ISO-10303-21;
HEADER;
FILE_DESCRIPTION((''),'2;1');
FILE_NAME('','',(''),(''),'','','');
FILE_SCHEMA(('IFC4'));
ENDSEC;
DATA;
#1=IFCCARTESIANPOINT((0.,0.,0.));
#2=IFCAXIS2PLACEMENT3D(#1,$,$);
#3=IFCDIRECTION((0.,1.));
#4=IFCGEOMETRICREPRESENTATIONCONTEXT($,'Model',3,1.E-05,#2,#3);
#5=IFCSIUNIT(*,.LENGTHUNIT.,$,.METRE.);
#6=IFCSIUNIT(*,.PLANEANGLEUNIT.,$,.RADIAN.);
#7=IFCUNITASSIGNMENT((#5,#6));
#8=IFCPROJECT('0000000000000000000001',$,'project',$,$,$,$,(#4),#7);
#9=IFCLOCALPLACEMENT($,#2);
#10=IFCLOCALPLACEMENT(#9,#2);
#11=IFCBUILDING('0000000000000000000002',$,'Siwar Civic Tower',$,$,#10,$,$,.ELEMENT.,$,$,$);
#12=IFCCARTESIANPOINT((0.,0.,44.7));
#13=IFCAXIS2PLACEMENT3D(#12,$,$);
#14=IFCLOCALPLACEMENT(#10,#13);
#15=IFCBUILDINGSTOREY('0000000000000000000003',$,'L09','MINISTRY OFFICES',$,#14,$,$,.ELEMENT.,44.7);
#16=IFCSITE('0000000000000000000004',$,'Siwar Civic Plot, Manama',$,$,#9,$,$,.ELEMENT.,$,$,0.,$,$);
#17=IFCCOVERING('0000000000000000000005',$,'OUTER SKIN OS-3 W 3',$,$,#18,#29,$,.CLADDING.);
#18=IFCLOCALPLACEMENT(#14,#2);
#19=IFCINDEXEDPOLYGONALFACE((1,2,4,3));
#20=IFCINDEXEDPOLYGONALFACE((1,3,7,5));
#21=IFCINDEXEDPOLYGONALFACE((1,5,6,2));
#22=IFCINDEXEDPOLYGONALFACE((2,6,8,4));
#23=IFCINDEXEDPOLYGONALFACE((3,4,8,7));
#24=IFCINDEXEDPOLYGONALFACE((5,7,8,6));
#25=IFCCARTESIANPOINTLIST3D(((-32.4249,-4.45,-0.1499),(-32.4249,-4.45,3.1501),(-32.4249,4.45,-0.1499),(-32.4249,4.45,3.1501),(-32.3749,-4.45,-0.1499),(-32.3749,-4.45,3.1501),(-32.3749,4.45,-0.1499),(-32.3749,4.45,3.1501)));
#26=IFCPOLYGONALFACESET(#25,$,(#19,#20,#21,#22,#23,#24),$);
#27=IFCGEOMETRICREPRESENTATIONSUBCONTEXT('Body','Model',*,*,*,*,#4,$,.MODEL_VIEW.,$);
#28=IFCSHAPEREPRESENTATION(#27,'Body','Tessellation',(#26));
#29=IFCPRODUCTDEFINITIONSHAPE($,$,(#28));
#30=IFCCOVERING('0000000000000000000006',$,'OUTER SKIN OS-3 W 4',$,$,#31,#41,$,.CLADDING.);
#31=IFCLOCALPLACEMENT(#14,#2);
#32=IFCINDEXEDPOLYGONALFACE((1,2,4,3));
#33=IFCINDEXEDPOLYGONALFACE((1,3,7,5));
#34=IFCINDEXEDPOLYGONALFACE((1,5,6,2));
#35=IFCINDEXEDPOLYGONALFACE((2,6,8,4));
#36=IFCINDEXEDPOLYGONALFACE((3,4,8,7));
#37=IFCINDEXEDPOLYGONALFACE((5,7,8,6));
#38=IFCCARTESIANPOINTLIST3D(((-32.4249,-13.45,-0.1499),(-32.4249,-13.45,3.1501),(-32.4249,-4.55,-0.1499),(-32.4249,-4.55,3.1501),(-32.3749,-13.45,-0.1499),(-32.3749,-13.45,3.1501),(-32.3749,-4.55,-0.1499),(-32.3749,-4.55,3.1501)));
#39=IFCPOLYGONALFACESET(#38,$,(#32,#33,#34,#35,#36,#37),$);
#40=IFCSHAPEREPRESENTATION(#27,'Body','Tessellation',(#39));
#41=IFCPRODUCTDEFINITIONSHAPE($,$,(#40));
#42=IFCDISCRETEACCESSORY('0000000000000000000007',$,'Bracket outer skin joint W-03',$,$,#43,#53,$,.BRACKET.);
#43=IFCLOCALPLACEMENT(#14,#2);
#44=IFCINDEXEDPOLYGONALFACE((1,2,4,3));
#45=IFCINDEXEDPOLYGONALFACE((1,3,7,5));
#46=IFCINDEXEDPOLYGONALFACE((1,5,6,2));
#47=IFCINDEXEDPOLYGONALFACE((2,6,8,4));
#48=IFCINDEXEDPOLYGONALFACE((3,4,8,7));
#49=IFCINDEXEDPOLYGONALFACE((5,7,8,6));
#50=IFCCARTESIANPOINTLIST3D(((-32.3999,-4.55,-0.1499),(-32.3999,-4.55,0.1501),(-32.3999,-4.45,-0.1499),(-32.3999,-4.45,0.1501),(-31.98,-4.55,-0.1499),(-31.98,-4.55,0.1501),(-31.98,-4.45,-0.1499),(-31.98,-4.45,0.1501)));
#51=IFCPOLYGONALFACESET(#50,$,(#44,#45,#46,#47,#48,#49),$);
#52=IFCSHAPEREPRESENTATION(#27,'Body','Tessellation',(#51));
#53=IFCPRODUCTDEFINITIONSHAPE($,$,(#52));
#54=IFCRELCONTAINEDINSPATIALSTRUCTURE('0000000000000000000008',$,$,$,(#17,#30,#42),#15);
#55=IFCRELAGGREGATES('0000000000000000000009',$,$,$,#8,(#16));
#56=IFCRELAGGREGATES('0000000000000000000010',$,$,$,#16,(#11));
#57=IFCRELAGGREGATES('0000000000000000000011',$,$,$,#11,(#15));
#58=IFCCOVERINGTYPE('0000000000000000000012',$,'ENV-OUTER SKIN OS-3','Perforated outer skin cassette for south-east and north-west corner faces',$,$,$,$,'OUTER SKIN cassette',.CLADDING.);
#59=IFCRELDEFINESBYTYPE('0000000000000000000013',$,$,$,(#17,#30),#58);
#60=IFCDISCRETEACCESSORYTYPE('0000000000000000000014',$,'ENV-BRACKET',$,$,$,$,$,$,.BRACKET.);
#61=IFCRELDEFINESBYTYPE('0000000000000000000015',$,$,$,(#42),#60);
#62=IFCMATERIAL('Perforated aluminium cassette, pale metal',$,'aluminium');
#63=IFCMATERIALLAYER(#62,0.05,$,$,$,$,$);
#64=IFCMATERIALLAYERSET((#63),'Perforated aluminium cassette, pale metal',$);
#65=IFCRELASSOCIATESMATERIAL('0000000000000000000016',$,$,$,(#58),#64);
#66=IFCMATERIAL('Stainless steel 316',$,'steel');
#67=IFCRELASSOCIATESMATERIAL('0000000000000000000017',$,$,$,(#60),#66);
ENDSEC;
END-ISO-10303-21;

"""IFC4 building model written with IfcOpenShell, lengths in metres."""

from ifc_helpers import new_model, si_unit, direction, frame, origin, origin_2d, place, context, subcontext, project, spatial, rectangle, extrude, material, layer, layer_set, type_object, element, save


model = new_model("IFC4")

# Units and contexts
model_context = context("Model", 3, precision=1e-05, world=origin(), true_north=direction((0.0, 1.0)))
body_context = subcontext(model_context, "Body", "Model", "MODEL_VIEW")
ifc_project = project(units=[si_unit("LENGTHUNIT", "METRE"), si_unit("PLANEANGLEUNIT", "RADIAN")], contexts=[model_context])

# Site, building, storey
site_placement = place(None, origin())
site = spatial("IfcSite", under=ifc_project, at=site_placement, Name="Siwar Civic Plot, Manama", CompositionType="ELEMENT", RefElevation=0.0)
building_placement = place(site_placement, origin())
building = spatial("IfcBuilding", under=site, at=building_placement, Name="Siwar Civic Tower", CompositionType="ELEMENT")
storey_placement = place(building_placement, frame((0.0, 0.0, 44.7)))
storey = spatial("IfcBuildingStorey", under=building, at=storey_placement, Name="L09", Description="MINISTRY OFFICES", CompositionType="ELEMENT", Elevation=44.7)

# Coverings
ifc_material_1 = material(Name="Perforated aluminium cassette, pale metal", Category="aluminium")
ifc_layer_1 = layer(ifc_material_1, 0.05)
ifc_layer_set_1 = layer_set([ifc_layer_1], Name="Perforated aluminium cassette, pale metal")
covering_type = type_object("IfcCoveringType", Name="ENV-OUTER SKIN OS-3", Description="Perforated outer skin cassette for south-east and north-west corner faces", ElementType="OUTER SKIN cassette", PredefinedType="CLADDING", material=ifc_layer_set_1)
for number, where, z_axis, x_axis, name in (
    (1, (-32.3999, 0.0, -0.1499), (0.0, 0.0, 1.0), (0.0, -1.0, 0.0), "OUTER SKIN OS-3 W 3"),
    (2, (-32.3999, -9.0, -0.1499), (0.0, 0.0, 1.0), (0.0, -1.0, 0.0), "OUTER SKIN OS-3 W 4"),
):
    element("IfcCovering", number, at=place(storey_placement, frame(where, z_axis=z_axis, x_axis=x_axis)), inside=storey, type_object=covering_type, Name=name, PredefinedType="CLADDING", context=body_context, shape_type="SweptSolid", body=[
        extrude(rectangle(XDim=8.8999, YDim=0.05, at=origin_2d()), origin(), (0.0, 0.0, 1.0), 3.3),
    ])

# Discrete accessory
ifc_material_2 = material(Name="Stainless steel 316", Category="steel")
discrete_accessory_type = type_object("IfcDiscreteAccessoryType", Name="ENV-BRACKET", PredefinedType="BRACKET", material=ifc_material_2)
discrete_accessory_placement = place(storey_placement, frame((-32.1899, -4.5, -0.1499), z_axis=(0.0, 0.0, 1.0), x_axis=(-1.0, 0.0, 0.0)))
element("IfcDiscreteAccessory", 3, at=discrete_accessory_placement, inside=storey, type_object=discrete_accessory_type, Name="Bracket outer skin joint W-03", PredefinedType="BRACKET", context=body_context, shape_type="SweptSolid", body=[
    extrude(rectangle(XDim=0.4199, YDim=0.1001, at=origin_2d()), origin(), (0.0, 0.0, 1.0), 0.3),
])

save(model, "model.ifc")
